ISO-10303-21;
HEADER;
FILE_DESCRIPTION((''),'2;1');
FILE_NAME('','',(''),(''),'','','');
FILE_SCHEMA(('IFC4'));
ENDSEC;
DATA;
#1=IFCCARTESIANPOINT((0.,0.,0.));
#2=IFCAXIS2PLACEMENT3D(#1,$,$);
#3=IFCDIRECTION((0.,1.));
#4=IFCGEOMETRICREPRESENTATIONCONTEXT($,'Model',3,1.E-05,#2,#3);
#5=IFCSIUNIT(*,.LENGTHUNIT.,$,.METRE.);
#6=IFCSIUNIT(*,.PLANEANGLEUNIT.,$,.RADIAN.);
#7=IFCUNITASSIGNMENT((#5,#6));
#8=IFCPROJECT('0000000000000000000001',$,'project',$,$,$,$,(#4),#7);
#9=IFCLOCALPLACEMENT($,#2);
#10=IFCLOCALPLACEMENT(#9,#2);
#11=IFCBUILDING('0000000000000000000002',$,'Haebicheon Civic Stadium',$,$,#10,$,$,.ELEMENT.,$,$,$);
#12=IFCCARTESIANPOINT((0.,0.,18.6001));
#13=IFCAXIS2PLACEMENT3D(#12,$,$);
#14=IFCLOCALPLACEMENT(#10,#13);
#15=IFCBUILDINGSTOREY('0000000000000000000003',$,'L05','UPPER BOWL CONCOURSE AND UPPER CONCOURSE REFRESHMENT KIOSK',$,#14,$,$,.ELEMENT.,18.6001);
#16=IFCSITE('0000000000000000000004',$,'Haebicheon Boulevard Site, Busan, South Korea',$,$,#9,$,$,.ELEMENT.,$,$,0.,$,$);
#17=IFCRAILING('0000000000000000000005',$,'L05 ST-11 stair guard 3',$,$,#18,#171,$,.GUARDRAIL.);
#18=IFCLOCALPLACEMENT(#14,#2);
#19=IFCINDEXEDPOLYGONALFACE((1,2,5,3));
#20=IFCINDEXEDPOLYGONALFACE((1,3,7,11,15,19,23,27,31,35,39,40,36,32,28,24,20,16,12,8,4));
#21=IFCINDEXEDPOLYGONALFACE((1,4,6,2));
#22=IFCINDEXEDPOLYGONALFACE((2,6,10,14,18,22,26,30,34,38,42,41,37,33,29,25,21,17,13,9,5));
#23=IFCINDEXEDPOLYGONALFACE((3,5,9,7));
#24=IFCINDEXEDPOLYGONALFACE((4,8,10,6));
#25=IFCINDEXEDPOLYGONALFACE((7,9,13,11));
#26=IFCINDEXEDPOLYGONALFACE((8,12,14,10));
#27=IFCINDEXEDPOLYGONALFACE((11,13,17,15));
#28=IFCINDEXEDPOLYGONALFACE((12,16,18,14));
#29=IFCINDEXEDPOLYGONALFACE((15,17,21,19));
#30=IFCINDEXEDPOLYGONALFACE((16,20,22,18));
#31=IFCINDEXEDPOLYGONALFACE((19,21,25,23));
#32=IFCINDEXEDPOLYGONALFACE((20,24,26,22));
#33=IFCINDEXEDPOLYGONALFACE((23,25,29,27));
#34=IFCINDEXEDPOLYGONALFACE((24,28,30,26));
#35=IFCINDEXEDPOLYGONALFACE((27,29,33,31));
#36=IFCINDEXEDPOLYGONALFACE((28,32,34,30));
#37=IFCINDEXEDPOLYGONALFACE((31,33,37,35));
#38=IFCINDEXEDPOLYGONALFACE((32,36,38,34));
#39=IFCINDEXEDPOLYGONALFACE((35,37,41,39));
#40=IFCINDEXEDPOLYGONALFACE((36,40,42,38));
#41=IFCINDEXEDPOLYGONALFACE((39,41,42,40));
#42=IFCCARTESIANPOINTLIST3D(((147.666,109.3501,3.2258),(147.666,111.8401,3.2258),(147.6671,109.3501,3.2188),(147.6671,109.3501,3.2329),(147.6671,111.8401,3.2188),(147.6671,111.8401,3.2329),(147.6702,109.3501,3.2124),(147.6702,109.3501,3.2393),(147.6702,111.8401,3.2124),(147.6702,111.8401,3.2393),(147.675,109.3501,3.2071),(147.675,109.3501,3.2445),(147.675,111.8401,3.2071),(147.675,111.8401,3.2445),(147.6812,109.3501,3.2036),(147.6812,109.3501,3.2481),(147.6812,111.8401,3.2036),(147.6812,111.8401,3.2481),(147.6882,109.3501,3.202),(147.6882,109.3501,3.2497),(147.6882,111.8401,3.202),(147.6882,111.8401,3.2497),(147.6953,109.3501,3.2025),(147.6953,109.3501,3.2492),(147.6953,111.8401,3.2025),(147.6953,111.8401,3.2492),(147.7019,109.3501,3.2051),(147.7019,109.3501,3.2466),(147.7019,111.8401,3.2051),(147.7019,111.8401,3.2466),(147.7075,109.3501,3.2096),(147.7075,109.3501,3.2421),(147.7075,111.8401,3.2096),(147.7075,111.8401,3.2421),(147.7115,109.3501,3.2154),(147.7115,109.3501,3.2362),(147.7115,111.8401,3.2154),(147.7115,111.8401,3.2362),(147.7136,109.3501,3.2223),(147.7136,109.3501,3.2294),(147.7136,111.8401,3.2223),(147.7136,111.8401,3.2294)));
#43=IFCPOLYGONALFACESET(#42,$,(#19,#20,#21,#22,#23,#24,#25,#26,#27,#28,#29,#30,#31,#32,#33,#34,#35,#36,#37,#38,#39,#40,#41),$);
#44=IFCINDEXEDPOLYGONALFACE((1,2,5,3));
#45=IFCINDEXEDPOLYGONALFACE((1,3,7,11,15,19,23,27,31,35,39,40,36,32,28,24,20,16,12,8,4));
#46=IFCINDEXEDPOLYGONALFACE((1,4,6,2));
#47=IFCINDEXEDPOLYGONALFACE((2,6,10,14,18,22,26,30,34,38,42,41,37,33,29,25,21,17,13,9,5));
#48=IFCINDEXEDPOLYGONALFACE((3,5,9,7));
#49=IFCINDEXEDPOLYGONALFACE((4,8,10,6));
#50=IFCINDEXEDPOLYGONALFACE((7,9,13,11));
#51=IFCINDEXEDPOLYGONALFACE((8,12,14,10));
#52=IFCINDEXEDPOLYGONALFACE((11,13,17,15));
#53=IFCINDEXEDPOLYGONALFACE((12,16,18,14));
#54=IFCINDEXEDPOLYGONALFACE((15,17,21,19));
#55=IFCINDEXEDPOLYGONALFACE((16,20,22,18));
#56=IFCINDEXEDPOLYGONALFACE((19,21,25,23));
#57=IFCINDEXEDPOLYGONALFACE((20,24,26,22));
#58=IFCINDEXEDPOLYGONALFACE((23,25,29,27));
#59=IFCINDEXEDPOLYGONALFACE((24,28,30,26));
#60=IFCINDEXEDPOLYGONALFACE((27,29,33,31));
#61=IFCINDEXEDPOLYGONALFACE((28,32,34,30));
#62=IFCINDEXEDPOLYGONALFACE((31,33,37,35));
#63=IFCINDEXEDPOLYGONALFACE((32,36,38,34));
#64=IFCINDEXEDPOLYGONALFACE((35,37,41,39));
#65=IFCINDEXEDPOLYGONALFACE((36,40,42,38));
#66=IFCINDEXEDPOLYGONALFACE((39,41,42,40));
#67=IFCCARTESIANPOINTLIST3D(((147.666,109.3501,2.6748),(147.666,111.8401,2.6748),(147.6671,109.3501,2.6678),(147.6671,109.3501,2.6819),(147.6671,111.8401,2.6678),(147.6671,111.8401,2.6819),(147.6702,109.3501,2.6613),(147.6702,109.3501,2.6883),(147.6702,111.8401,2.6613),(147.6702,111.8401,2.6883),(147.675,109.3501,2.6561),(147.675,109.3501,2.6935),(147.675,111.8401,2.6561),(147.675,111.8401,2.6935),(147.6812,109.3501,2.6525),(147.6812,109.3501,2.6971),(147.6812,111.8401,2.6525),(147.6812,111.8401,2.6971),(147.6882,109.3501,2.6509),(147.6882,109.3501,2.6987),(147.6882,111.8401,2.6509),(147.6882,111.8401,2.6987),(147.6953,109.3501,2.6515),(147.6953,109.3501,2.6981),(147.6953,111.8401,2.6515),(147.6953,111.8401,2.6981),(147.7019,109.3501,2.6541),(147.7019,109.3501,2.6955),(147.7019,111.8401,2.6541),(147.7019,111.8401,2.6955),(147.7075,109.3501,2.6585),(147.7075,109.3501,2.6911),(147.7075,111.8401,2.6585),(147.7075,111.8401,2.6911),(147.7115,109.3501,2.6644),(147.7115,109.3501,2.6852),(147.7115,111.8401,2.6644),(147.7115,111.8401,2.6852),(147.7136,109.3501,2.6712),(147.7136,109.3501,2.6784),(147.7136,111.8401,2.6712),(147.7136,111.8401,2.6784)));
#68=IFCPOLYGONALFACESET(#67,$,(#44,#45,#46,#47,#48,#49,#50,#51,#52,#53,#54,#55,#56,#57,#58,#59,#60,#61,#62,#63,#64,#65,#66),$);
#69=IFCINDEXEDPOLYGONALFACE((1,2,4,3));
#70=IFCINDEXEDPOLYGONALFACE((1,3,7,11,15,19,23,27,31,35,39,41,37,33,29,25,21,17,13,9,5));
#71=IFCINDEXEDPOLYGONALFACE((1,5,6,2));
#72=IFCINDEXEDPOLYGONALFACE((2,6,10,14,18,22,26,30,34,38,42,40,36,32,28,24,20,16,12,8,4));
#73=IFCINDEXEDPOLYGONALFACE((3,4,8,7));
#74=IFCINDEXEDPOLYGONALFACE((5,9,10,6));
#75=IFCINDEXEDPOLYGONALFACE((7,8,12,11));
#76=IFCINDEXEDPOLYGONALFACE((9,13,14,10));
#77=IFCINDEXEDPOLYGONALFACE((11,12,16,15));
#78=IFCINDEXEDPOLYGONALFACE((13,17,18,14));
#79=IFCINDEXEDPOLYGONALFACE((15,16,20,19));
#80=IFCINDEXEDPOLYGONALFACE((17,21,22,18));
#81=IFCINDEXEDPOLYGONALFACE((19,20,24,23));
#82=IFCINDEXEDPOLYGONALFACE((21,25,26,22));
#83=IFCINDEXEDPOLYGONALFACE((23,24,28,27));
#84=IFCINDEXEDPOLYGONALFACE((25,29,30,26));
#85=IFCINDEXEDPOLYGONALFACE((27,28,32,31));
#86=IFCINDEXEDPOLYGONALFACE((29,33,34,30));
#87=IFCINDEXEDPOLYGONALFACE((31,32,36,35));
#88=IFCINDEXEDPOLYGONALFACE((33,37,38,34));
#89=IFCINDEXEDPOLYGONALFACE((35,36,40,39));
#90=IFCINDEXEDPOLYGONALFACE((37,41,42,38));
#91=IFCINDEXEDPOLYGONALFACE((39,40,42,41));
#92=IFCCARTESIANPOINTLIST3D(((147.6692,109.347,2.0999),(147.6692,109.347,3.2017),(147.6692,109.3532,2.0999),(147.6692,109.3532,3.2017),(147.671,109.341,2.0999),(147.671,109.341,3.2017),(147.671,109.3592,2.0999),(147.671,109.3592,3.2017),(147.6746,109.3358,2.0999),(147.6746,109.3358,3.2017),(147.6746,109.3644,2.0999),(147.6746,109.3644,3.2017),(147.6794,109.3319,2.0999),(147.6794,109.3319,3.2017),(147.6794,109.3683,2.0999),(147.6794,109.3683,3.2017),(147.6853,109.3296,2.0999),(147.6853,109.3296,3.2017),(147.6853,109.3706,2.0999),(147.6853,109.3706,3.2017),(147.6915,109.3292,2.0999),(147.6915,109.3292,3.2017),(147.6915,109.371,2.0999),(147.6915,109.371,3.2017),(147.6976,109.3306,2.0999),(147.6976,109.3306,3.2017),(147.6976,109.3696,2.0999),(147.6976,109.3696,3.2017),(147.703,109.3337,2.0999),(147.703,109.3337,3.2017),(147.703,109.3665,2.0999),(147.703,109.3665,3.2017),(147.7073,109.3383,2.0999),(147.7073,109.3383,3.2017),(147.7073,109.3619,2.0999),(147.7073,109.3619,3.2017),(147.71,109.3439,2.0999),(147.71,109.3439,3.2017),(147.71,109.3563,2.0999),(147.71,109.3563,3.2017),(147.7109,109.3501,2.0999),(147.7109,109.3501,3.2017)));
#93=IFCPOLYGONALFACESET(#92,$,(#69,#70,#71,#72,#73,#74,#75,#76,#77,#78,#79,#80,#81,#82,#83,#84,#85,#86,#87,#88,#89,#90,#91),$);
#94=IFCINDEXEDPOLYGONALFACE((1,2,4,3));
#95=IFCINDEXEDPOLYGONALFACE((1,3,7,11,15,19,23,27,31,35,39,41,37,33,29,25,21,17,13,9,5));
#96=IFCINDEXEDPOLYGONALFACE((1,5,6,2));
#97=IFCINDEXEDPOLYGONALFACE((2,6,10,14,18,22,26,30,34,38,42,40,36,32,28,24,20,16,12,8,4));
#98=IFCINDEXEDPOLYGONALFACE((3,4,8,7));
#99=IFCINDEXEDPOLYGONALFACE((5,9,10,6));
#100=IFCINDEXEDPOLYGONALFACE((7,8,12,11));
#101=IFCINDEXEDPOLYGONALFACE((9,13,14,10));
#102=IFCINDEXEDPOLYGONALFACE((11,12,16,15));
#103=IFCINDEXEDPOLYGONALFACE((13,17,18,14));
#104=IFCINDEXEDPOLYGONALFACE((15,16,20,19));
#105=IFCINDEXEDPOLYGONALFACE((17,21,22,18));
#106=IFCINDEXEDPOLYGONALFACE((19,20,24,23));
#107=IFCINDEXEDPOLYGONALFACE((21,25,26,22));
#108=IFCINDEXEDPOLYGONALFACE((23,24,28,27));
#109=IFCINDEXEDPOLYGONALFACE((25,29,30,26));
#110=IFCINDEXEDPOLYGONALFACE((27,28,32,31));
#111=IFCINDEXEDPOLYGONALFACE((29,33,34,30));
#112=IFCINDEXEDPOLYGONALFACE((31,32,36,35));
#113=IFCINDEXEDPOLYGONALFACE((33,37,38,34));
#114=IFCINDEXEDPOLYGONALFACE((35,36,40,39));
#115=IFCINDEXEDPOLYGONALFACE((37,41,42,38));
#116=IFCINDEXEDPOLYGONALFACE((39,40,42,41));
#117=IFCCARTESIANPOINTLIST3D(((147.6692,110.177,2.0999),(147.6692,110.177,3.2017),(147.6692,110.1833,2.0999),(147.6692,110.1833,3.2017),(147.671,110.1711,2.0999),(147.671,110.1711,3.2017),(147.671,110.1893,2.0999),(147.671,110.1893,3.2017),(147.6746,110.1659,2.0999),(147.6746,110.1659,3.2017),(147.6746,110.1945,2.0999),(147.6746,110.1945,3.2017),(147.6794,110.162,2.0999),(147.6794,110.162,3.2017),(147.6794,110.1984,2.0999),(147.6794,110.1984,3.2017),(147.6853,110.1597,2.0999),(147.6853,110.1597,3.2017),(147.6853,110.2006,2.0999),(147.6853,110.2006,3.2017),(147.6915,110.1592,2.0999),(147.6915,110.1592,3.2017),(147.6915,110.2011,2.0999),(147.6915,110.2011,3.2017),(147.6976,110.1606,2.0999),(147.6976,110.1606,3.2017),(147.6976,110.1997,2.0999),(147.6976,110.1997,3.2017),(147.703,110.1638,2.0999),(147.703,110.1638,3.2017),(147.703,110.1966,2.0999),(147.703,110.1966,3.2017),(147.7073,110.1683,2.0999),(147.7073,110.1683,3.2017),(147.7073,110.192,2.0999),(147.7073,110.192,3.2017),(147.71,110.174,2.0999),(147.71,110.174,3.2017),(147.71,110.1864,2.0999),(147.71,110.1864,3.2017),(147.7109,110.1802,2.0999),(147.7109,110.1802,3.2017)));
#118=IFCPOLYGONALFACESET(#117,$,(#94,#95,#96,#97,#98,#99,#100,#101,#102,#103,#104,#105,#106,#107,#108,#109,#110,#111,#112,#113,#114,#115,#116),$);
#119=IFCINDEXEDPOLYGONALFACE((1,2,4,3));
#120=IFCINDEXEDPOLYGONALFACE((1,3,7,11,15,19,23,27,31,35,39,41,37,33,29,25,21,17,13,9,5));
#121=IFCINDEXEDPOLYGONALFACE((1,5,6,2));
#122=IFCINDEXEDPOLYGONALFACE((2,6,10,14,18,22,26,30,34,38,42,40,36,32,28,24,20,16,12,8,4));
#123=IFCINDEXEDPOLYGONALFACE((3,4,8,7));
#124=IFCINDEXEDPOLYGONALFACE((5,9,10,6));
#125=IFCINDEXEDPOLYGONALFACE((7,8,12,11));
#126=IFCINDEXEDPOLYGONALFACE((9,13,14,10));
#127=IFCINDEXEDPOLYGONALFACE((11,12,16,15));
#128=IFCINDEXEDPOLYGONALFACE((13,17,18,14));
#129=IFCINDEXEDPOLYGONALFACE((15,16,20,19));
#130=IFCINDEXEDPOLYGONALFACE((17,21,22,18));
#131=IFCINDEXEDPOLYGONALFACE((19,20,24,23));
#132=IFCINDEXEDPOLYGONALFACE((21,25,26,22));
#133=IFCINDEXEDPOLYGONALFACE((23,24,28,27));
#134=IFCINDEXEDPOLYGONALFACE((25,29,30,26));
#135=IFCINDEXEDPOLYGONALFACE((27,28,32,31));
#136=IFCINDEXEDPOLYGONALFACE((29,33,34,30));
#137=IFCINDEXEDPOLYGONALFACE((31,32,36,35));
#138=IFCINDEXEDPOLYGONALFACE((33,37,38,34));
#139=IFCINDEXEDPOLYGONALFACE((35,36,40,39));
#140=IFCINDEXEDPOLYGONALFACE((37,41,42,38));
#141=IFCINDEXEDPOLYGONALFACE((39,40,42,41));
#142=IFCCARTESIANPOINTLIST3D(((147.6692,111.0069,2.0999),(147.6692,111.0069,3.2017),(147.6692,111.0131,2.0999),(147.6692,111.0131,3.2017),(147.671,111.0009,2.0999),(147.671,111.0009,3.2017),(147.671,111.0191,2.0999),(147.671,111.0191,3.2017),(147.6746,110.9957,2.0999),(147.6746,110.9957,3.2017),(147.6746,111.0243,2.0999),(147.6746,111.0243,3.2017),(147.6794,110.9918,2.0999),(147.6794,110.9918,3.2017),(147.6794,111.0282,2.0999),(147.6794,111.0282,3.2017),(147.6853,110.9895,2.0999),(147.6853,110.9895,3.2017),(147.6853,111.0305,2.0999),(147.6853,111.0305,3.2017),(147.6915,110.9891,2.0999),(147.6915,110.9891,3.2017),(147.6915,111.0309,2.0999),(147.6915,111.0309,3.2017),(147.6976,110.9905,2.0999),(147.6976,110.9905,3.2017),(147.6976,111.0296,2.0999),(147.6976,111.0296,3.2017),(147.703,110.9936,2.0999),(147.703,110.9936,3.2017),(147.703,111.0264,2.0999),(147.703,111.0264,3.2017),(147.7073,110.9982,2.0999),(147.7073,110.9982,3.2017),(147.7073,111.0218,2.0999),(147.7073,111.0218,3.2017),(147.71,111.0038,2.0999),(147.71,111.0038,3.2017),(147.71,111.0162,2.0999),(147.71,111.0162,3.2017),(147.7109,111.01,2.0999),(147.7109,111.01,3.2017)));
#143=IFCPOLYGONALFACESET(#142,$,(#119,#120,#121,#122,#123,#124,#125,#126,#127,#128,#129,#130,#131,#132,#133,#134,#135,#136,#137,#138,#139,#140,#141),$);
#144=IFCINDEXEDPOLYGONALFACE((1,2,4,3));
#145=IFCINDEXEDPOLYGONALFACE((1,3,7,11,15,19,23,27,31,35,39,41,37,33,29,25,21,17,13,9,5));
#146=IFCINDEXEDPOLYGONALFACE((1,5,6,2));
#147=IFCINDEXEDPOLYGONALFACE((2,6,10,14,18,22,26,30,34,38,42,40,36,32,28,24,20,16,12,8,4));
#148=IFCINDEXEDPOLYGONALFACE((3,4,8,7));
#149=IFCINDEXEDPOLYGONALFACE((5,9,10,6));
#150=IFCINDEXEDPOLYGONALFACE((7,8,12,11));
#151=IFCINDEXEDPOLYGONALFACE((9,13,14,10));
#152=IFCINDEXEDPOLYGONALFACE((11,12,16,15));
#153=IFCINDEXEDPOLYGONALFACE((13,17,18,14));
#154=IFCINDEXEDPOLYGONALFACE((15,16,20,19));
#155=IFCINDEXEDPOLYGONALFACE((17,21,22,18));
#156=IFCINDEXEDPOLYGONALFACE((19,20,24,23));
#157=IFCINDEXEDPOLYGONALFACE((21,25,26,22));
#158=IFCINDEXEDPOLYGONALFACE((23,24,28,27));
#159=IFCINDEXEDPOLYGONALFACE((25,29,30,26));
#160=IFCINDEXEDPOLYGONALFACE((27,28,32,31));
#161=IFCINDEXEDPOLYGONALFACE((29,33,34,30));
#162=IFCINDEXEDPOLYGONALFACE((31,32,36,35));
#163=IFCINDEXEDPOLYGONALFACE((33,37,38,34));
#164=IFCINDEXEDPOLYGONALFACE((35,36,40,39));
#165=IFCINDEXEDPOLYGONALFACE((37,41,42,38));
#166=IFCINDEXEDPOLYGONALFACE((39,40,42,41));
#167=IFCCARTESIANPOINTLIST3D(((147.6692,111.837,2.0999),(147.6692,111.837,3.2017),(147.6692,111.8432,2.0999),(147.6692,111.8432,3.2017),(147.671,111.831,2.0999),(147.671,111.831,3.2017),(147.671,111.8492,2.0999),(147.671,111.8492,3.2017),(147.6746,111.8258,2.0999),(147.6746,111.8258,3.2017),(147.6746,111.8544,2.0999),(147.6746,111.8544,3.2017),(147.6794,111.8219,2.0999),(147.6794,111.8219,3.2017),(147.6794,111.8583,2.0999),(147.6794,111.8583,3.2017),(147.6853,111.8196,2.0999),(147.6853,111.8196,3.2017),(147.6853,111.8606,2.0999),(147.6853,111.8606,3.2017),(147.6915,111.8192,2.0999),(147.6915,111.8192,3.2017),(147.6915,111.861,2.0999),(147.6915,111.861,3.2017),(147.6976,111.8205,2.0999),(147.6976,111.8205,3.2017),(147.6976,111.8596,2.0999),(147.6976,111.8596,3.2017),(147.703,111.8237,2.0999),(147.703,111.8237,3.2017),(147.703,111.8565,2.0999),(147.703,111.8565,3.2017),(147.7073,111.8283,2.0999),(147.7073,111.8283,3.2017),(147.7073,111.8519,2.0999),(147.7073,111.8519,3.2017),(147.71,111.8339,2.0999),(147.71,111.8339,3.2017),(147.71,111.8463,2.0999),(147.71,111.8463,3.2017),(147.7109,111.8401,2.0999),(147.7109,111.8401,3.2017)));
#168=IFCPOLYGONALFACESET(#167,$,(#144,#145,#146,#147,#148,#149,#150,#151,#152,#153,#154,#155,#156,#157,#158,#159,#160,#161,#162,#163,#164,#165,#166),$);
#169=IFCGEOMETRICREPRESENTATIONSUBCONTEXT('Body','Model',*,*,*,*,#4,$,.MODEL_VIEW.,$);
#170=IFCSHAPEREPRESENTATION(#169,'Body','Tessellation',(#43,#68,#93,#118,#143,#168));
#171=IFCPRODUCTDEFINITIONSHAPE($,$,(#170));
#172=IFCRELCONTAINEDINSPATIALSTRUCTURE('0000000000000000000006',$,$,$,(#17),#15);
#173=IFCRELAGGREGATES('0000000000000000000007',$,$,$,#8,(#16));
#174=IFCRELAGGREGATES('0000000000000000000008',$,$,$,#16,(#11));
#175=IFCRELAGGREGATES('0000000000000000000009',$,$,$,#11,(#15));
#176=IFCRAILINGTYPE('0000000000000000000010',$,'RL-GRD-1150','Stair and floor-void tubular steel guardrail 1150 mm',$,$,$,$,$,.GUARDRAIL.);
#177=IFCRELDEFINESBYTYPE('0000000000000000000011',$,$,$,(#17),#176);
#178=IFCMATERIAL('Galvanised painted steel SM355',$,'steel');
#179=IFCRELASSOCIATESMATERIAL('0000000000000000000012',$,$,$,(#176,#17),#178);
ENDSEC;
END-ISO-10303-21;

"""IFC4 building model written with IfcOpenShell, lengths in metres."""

from ifc_helpers import new_model, si_unit, direction, frame, origin, origin_2d, place, context, subcontext, project, spatial, circle, extrude, material, type_object, element, save


model = new_model("IFC4")

# Units and contexts
model_context = context("Model", 3, precision=1e-05, world=origin(), true_north=direction((0.0, 1.0)))
body_context = subcontext(model_context, "Body", "Model", "MODEL_VIEW")
ifc_project = project(units=[si_unit("LENGTHUNIT", "METRE"), si_unit("PLANEANGLEUNIT", "RADIAN")], contexts=[model_context])

# Site, building, storey
site_placement = place(None, origin())
site = spatial("IfcSite", under=ifc_project, at=site_placement, Name="Haebicheon Boulevard Site, Busan, South Korea", CompositionType="ELEMENT", RefElevation=0.0)
building_placement = place(site_placement, origin())
building = spatial("IfcBuilding", under=site, at=building_placement, Name="Haebicheon Civic Stadium", CompositionType="ELEMENT")
storey_placement = place(building_placement, frame((0.0, 0.0, 18.6001)))
storey = spatial("IfcBuildingStorey", under=building, at=storey_placement, Name="L05", Description="UPPER BOWL CONCOURSE AND UPPER CONCOURSE REFRESHMENT KIOSK", CompositionType="ELEMENT", Elevation=18.6001)

# Railing
ifc_material_1 = material(Name="Galvanised painted steel SM355", Category="steel")
railing_type_1 = type_object("IfcRailingType", Name="RL-GRD-1150", Description="Stair and floor-void tubular steel guardrail 1150 mm", PredefinedType="GUARDRAIL", material=ifc_material_1)
for number, where, name in (
    (1, (147.6899, 109.3501, 2.0999), "L05 ST-11 stair guard 3"),
):
    element("IfcRailing", number, at=place(storey_placement, frame(where)), inside=storey, type_object=railing_type_1, material=ifc_material_1, Name=name, PredefinedType="GUARDRAIL", context=body_context, shape_type="SweptSolid", body=[
        extrude(circle(Radius=0.0239, at=origin_2d()), frame((0.0, 0.0, 1.126), z_axis=(0.0, 1.0, 0.0), x_axis=(-1.0, 0.0, 0.0)), (0.0, 0.0, 1.0), 2.49),
        extrude(circle(Radius=0.0239, at=origin_2d()), frame((0.0, 0.0, 0.575), z_axis=(0.0, 1.0, 0.0), x_axis=(-1.0, 0.0, 0.0)), (0.0, 0.0, 1.0), 2.49),
        extrude(circle(Radius=0.021, at=origin_2d()), origin(), (0.0, 0.0, 1.0), 1.1018),
        extrude(circle(Radius=0.021, at=origin_2d()), frame((0.0, 0.8301, 0.0)), (0.0, 0.0, 1.0), 1.1018),
        extrude(circle(Radius=0.021, at=origin_2d()), frame((0.0, 1.6599, 0.0)), (0.0, 0.0, 1.0), 1.1018),
        extrude(circle(Radius=0.021, at=origin_2d()), frame((0.0, 2.49, 0.0)), (0.0, 0.0, 1.0), 1.1018),
    ])

save(model, "model.ifc")
